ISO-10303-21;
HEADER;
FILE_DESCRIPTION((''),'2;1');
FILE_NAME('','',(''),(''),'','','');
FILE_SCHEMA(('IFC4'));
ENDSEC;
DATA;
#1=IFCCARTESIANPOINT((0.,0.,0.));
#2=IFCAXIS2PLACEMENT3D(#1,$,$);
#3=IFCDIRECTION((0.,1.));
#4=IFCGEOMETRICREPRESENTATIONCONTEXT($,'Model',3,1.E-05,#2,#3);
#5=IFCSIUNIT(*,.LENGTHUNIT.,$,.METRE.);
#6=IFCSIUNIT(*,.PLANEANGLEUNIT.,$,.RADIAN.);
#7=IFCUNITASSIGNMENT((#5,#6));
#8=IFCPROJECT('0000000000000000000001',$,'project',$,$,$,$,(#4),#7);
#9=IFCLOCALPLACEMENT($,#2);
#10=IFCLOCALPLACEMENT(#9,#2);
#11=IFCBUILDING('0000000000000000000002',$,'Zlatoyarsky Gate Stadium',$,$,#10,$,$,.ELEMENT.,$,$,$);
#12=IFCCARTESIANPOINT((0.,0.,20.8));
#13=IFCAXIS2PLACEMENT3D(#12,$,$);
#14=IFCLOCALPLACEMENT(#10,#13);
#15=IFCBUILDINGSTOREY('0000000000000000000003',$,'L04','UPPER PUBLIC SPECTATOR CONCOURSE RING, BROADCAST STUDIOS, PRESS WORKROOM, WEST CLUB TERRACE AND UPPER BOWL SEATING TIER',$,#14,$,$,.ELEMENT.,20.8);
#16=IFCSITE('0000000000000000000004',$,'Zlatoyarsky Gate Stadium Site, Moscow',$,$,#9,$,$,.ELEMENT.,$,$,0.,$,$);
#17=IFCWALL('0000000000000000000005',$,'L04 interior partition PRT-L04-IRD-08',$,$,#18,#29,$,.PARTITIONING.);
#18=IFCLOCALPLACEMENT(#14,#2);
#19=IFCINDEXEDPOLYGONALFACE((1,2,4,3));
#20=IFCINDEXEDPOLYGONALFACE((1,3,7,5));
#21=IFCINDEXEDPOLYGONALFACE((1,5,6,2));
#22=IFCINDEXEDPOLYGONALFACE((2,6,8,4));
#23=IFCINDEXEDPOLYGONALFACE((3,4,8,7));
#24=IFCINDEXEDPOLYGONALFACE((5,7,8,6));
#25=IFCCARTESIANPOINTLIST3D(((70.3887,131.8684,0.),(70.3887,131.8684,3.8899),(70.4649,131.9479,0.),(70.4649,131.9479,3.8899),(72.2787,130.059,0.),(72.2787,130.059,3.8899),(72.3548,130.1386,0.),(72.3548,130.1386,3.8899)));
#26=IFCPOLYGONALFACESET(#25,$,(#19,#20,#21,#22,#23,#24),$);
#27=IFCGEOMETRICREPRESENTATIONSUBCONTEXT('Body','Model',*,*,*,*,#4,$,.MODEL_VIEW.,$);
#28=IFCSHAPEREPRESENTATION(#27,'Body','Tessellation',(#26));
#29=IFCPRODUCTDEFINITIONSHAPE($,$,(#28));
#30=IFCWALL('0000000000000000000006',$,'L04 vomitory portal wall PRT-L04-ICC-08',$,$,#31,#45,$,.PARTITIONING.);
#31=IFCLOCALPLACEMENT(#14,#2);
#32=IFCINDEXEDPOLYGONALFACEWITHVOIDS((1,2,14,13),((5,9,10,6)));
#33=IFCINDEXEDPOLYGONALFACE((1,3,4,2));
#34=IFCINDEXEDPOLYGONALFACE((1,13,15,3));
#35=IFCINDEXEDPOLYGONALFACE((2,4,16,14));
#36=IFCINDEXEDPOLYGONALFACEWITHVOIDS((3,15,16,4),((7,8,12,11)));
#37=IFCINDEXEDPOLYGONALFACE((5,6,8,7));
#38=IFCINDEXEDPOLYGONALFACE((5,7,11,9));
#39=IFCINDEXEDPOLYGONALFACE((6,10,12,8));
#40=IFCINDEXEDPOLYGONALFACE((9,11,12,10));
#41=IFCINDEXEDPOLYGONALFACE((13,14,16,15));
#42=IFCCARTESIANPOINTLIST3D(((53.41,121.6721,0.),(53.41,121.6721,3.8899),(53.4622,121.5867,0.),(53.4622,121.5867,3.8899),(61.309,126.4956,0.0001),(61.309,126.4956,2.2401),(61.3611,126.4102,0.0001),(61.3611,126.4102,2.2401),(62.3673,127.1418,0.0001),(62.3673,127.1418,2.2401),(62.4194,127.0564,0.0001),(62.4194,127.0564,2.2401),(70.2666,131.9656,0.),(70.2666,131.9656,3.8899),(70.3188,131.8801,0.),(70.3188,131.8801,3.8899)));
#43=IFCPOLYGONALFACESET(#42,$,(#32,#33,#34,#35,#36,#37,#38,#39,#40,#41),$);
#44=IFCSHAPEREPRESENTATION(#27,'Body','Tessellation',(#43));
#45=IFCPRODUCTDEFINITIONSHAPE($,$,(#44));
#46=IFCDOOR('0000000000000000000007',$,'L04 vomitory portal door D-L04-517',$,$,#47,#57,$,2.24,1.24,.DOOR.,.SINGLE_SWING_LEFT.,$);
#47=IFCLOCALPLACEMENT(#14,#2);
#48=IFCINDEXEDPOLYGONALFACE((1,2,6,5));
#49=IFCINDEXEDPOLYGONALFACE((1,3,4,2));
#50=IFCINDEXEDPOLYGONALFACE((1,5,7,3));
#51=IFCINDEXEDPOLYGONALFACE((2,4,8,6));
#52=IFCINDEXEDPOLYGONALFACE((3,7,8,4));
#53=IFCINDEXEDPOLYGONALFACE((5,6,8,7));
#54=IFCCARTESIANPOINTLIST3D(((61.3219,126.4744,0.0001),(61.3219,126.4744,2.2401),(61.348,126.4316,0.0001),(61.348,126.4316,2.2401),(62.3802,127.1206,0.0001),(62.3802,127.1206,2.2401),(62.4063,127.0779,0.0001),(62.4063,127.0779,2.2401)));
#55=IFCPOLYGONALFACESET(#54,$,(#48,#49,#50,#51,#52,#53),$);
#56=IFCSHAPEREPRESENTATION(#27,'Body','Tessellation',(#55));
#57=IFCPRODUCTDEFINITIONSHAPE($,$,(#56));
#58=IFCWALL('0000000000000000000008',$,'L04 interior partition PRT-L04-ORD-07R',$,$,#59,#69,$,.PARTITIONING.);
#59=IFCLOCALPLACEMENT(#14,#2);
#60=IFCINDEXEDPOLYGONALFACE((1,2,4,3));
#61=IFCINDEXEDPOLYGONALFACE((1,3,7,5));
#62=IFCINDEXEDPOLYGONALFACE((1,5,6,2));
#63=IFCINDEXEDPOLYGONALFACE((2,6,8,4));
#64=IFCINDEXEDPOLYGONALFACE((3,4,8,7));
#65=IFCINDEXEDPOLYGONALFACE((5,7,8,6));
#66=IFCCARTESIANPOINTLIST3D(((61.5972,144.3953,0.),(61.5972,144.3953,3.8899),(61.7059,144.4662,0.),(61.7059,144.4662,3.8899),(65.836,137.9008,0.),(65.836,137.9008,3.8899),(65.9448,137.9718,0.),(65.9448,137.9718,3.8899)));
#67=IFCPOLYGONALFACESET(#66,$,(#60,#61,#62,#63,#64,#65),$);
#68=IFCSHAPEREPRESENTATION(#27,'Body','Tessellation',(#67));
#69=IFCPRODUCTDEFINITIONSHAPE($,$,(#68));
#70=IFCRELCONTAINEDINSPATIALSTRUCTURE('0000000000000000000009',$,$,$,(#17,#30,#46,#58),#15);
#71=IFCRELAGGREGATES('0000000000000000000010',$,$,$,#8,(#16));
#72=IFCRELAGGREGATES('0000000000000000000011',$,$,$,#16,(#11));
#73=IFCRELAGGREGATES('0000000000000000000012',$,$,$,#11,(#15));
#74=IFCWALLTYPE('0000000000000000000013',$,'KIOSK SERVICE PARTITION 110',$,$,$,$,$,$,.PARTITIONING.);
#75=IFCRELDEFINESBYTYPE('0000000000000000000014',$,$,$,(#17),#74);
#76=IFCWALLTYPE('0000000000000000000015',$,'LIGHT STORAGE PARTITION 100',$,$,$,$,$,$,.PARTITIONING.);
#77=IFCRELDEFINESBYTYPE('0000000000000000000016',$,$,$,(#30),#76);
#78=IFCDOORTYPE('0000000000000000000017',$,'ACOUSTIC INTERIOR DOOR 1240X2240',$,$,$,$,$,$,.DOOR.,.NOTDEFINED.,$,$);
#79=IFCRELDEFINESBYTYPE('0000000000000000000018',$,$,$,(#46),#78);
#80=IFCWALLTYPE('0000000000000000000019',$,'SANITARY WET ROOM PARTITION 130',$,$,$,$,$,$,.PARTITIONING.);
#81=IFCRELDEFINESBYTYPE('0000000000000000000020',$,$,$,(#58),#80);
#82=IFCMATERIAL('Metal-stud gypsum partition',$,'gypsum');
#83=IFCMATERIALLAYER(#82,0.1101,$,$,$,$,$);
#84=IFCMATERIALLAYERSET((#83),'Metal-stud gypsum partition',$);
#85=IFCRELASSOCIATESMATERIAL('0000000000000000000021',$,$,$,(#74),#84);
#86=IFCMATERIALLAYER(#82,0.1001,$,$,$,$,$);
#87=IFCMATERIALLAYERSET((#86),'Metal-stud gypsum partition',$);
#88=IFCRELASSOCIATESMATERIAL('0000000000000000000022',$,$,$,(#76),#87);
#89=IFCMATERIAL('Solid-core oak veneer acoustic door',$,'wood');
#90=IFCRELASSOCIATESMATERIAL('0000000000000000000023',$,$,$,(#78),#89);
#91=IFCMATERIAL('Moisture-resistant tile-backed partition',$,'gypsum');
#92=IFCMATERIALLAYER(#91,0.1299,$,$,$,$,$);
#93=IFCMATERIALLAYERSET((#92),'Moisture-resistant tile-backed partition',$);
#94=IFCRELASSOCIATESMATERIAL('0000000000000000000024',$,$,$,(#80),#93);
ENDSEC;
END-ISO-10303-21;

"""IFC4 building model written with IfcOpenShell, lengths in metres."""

from ifc_helpers import new_model, si_unit, direction, frame, frame_2d, origin, place, context, subcontext, project, spatial, rectangle, extrude, material, layer, layer_set, type_object, element, fill, save


model = new_model("IFC4")

# Units and contexts
model_context = context("Model", 3, precision=1e-05, world=origin(), true_north=direction((0.0, 1.0)))
body_context = subcontext(model_context, "Body", "Model", "MODEL_VIEW")
ifc_project = project(units=[si_unit("LENGTHUNIT", "METRE"), si_unit("PLANEANGLEUNIT", "RADIAN")], contexts=[model_context])

# Site, building, storey
site_placement = place(None, origin())
site = spatial("IfcSite", under=ifc_project, at=site_placement, Name="Zlatoyarsky Gate Stadium Site, Moscow", CompositionType="ELEMENT", RefElevation=0.0)
building_placement = place(site_placement, origin())
building = spatial("IfcBuilding", under=site, at=building_placement, Name="Zlatoyarsky Gate Stadium", CompositionType="ELEMENT")
storey_placement = place(building_placement, frame((0.0, 0.0, 20.8)))
storey = spatial("IfcBuildingStorey", under=building, at=storey_placement, Name="L04", Description="UPPER PUBLIC SPECTATOR CONCOURSE RING, BROADCAST STUDIOS, PRESS WORKROOM, WEST CLUB TERRACE AND UPPER BOWL SEATING TIER", CompositionType="ELEMENT", Elevation=20.8)

# Wall
ifc_material_1 = material(Name="Metal-stud gypsum partition", Category="gypsum")
ifc_layer_1 = layer(ifc_material_1, 0.1101)
ifc_layer_set_1 = layer_set([ifc_layer_1], Name="Metal-stud gypsum partition")
wall_type_1 = type_object("IfcWallType", Name="KIOSK SERVICE PARTITION 110", PredefinedType="PARTITIONING", material=ifc_layer_set_1)
wall_1_placement = place(storey_placement, frame((72.3167, 130.0989, 0.0), z_axis=(0.0, 0.0, 1.0), x_axis=(-0.722336, 0.691542, 0.0)))
element("IfcWall", 1, at=wall_1_placement, inside=storey, type_object=wall_type_1, Name="L04 interior partition PRT-L04-IRD-08", PredefinedType="PARTITIONING", context=body_context, shape_type="SweptSolid", body=[
    extrude(rectangle(XDim=2.6165, YDim=0.1101, at=frame_2d((1.3081, 0.0))), origin(), (0.0, 0.0, 1.0), 3.8899),
])

# Wall, opening, door
ifc_layer_2 = layer(ifc_material_1, 0.1001)
ifc_layer_set_2 = layer_set([ifc_layer_2], Name="Metal-stud gypsum partition")
wall_type_2 = type_object("IfcWallType", Name="LIGHT STORAGE PARTITION 100", PredefinedType="PARTITIONING", material=ifc_layer_set_2)
wall_2_placement = place(storey_placement, frame((70.2927, 131.9229, 0.0), z_axis=(0.0, 0.0, 1.0), x_axis=(-0.853459, -0.52116, 0.0)))
wall_2 = element("IfcWall", 2, at=wall_2_placement, inside=storey, type_object=wall_type_2, Name="L04 vomitory portal wall PRT-L04-ICC-08", PredefinedType="PARTITIONING", context=body_context, shape_type="SweptSolid", body=[
    extrude(rectangle(XDim=19.751, YDim=0.1001, at=frame_2d((9.8755, 0.0))), origin(), (0.0, 0.0, 1.0), 3.8899),
])
opening_1_placement = place(wall_2_placement, frame((9.2556, 0.0, 0.0)))
opening_1 = element("IfcOpeningElement", 3, at=opening_1_placement, cuts=wall_2, PredefinedType="OPENING", context=body_context, shape_type="SweptSolid", body=[
    extrude(rectangle(XDim=1.24, YDim=2.24, at=frame_2d((0.6201, 1.1201))), frame((0.0, 0.0601, 0.0), z_axis=(0.0, -1.0, 0.0), x_axis=(1.0, 0.0, 0.0)), (0.0, 0.0, 1.0), 0.1201),
])
ifc_material_2 = material(Name="Solid-core oak veneer acoustic door", Category="wood")
door_type_1 = type_object("IfcDoorType", Name="ACOUSTIC INTERIOR DOOR 1240X2240", OperationType="NOTDEFINED", PredefinedType="DOOR", material=ifc_material_2)
door_1_placement = place(opening_1_placement, origin())
door_1 = element("IfcDoor", 4, at=door_1_placement, inside=storey, type_object=door_type_1, Name="L04 vomitory portal door D-L04-517", OperationType="SINGLE_SWING_LEFT", OverallHeight=2.24, OverallWidth=1.24, PredefinedType="DOOR", context=body_context, shape_type="SweptSolid", body=[
    extrude(rectangle(XDim=1.24, YDim=2.24, at=frame_2d((0.6201, 1.1201))), frame((0.0, 0.0249, 0.0), z_axis=(0.0, -1.0, 0.0), x_axis=(1.0, 0.0, 0.0)), (0.0, 0.0, 1.0), 0.05),
])
fill(opening_1, door_1)

# Wall
ifc_material_3 = material(Name="Moisture-resistant tile-backed partition", Category="gypsum")
ifc_layer_3 = layer(ifc_material_3, 0.1299)
ifc_layer_set_3 = layer_set([ifc_layer_3], Name="Moisture-resistant tile-backed partition")
wall_type_3 = type_object("IfcWallType", Name="SANITARY WET ROOM PARTITION 130", PredefinedType="PARTITIONING", material=ifc_layer_set_3)
wall_3_placement = place(storey_placement, frame((65.8904, 137.9363, 0.0), z_axis=(0.0, 0.0, 1.0), x_axis=(-0.546566, 0.837416, 0.0)))
element("IfcWall", 5, at=wall_3_placement, inside=storey, type_object=wall_type_3, Name="L04 interior partition PRT-L04-ORD-07R", PredefinedType="PARTITIONING", context=body_context, shape_type="SweptSolid", body=[
    extrude(rectangle(XDim=7.7554, YDim=0.1299, at=frame_2d((3.8777, 0.0))), origin(), (0.0, 0.0, 1.0), 3.8899),
])

save(model, "model.ifc")
